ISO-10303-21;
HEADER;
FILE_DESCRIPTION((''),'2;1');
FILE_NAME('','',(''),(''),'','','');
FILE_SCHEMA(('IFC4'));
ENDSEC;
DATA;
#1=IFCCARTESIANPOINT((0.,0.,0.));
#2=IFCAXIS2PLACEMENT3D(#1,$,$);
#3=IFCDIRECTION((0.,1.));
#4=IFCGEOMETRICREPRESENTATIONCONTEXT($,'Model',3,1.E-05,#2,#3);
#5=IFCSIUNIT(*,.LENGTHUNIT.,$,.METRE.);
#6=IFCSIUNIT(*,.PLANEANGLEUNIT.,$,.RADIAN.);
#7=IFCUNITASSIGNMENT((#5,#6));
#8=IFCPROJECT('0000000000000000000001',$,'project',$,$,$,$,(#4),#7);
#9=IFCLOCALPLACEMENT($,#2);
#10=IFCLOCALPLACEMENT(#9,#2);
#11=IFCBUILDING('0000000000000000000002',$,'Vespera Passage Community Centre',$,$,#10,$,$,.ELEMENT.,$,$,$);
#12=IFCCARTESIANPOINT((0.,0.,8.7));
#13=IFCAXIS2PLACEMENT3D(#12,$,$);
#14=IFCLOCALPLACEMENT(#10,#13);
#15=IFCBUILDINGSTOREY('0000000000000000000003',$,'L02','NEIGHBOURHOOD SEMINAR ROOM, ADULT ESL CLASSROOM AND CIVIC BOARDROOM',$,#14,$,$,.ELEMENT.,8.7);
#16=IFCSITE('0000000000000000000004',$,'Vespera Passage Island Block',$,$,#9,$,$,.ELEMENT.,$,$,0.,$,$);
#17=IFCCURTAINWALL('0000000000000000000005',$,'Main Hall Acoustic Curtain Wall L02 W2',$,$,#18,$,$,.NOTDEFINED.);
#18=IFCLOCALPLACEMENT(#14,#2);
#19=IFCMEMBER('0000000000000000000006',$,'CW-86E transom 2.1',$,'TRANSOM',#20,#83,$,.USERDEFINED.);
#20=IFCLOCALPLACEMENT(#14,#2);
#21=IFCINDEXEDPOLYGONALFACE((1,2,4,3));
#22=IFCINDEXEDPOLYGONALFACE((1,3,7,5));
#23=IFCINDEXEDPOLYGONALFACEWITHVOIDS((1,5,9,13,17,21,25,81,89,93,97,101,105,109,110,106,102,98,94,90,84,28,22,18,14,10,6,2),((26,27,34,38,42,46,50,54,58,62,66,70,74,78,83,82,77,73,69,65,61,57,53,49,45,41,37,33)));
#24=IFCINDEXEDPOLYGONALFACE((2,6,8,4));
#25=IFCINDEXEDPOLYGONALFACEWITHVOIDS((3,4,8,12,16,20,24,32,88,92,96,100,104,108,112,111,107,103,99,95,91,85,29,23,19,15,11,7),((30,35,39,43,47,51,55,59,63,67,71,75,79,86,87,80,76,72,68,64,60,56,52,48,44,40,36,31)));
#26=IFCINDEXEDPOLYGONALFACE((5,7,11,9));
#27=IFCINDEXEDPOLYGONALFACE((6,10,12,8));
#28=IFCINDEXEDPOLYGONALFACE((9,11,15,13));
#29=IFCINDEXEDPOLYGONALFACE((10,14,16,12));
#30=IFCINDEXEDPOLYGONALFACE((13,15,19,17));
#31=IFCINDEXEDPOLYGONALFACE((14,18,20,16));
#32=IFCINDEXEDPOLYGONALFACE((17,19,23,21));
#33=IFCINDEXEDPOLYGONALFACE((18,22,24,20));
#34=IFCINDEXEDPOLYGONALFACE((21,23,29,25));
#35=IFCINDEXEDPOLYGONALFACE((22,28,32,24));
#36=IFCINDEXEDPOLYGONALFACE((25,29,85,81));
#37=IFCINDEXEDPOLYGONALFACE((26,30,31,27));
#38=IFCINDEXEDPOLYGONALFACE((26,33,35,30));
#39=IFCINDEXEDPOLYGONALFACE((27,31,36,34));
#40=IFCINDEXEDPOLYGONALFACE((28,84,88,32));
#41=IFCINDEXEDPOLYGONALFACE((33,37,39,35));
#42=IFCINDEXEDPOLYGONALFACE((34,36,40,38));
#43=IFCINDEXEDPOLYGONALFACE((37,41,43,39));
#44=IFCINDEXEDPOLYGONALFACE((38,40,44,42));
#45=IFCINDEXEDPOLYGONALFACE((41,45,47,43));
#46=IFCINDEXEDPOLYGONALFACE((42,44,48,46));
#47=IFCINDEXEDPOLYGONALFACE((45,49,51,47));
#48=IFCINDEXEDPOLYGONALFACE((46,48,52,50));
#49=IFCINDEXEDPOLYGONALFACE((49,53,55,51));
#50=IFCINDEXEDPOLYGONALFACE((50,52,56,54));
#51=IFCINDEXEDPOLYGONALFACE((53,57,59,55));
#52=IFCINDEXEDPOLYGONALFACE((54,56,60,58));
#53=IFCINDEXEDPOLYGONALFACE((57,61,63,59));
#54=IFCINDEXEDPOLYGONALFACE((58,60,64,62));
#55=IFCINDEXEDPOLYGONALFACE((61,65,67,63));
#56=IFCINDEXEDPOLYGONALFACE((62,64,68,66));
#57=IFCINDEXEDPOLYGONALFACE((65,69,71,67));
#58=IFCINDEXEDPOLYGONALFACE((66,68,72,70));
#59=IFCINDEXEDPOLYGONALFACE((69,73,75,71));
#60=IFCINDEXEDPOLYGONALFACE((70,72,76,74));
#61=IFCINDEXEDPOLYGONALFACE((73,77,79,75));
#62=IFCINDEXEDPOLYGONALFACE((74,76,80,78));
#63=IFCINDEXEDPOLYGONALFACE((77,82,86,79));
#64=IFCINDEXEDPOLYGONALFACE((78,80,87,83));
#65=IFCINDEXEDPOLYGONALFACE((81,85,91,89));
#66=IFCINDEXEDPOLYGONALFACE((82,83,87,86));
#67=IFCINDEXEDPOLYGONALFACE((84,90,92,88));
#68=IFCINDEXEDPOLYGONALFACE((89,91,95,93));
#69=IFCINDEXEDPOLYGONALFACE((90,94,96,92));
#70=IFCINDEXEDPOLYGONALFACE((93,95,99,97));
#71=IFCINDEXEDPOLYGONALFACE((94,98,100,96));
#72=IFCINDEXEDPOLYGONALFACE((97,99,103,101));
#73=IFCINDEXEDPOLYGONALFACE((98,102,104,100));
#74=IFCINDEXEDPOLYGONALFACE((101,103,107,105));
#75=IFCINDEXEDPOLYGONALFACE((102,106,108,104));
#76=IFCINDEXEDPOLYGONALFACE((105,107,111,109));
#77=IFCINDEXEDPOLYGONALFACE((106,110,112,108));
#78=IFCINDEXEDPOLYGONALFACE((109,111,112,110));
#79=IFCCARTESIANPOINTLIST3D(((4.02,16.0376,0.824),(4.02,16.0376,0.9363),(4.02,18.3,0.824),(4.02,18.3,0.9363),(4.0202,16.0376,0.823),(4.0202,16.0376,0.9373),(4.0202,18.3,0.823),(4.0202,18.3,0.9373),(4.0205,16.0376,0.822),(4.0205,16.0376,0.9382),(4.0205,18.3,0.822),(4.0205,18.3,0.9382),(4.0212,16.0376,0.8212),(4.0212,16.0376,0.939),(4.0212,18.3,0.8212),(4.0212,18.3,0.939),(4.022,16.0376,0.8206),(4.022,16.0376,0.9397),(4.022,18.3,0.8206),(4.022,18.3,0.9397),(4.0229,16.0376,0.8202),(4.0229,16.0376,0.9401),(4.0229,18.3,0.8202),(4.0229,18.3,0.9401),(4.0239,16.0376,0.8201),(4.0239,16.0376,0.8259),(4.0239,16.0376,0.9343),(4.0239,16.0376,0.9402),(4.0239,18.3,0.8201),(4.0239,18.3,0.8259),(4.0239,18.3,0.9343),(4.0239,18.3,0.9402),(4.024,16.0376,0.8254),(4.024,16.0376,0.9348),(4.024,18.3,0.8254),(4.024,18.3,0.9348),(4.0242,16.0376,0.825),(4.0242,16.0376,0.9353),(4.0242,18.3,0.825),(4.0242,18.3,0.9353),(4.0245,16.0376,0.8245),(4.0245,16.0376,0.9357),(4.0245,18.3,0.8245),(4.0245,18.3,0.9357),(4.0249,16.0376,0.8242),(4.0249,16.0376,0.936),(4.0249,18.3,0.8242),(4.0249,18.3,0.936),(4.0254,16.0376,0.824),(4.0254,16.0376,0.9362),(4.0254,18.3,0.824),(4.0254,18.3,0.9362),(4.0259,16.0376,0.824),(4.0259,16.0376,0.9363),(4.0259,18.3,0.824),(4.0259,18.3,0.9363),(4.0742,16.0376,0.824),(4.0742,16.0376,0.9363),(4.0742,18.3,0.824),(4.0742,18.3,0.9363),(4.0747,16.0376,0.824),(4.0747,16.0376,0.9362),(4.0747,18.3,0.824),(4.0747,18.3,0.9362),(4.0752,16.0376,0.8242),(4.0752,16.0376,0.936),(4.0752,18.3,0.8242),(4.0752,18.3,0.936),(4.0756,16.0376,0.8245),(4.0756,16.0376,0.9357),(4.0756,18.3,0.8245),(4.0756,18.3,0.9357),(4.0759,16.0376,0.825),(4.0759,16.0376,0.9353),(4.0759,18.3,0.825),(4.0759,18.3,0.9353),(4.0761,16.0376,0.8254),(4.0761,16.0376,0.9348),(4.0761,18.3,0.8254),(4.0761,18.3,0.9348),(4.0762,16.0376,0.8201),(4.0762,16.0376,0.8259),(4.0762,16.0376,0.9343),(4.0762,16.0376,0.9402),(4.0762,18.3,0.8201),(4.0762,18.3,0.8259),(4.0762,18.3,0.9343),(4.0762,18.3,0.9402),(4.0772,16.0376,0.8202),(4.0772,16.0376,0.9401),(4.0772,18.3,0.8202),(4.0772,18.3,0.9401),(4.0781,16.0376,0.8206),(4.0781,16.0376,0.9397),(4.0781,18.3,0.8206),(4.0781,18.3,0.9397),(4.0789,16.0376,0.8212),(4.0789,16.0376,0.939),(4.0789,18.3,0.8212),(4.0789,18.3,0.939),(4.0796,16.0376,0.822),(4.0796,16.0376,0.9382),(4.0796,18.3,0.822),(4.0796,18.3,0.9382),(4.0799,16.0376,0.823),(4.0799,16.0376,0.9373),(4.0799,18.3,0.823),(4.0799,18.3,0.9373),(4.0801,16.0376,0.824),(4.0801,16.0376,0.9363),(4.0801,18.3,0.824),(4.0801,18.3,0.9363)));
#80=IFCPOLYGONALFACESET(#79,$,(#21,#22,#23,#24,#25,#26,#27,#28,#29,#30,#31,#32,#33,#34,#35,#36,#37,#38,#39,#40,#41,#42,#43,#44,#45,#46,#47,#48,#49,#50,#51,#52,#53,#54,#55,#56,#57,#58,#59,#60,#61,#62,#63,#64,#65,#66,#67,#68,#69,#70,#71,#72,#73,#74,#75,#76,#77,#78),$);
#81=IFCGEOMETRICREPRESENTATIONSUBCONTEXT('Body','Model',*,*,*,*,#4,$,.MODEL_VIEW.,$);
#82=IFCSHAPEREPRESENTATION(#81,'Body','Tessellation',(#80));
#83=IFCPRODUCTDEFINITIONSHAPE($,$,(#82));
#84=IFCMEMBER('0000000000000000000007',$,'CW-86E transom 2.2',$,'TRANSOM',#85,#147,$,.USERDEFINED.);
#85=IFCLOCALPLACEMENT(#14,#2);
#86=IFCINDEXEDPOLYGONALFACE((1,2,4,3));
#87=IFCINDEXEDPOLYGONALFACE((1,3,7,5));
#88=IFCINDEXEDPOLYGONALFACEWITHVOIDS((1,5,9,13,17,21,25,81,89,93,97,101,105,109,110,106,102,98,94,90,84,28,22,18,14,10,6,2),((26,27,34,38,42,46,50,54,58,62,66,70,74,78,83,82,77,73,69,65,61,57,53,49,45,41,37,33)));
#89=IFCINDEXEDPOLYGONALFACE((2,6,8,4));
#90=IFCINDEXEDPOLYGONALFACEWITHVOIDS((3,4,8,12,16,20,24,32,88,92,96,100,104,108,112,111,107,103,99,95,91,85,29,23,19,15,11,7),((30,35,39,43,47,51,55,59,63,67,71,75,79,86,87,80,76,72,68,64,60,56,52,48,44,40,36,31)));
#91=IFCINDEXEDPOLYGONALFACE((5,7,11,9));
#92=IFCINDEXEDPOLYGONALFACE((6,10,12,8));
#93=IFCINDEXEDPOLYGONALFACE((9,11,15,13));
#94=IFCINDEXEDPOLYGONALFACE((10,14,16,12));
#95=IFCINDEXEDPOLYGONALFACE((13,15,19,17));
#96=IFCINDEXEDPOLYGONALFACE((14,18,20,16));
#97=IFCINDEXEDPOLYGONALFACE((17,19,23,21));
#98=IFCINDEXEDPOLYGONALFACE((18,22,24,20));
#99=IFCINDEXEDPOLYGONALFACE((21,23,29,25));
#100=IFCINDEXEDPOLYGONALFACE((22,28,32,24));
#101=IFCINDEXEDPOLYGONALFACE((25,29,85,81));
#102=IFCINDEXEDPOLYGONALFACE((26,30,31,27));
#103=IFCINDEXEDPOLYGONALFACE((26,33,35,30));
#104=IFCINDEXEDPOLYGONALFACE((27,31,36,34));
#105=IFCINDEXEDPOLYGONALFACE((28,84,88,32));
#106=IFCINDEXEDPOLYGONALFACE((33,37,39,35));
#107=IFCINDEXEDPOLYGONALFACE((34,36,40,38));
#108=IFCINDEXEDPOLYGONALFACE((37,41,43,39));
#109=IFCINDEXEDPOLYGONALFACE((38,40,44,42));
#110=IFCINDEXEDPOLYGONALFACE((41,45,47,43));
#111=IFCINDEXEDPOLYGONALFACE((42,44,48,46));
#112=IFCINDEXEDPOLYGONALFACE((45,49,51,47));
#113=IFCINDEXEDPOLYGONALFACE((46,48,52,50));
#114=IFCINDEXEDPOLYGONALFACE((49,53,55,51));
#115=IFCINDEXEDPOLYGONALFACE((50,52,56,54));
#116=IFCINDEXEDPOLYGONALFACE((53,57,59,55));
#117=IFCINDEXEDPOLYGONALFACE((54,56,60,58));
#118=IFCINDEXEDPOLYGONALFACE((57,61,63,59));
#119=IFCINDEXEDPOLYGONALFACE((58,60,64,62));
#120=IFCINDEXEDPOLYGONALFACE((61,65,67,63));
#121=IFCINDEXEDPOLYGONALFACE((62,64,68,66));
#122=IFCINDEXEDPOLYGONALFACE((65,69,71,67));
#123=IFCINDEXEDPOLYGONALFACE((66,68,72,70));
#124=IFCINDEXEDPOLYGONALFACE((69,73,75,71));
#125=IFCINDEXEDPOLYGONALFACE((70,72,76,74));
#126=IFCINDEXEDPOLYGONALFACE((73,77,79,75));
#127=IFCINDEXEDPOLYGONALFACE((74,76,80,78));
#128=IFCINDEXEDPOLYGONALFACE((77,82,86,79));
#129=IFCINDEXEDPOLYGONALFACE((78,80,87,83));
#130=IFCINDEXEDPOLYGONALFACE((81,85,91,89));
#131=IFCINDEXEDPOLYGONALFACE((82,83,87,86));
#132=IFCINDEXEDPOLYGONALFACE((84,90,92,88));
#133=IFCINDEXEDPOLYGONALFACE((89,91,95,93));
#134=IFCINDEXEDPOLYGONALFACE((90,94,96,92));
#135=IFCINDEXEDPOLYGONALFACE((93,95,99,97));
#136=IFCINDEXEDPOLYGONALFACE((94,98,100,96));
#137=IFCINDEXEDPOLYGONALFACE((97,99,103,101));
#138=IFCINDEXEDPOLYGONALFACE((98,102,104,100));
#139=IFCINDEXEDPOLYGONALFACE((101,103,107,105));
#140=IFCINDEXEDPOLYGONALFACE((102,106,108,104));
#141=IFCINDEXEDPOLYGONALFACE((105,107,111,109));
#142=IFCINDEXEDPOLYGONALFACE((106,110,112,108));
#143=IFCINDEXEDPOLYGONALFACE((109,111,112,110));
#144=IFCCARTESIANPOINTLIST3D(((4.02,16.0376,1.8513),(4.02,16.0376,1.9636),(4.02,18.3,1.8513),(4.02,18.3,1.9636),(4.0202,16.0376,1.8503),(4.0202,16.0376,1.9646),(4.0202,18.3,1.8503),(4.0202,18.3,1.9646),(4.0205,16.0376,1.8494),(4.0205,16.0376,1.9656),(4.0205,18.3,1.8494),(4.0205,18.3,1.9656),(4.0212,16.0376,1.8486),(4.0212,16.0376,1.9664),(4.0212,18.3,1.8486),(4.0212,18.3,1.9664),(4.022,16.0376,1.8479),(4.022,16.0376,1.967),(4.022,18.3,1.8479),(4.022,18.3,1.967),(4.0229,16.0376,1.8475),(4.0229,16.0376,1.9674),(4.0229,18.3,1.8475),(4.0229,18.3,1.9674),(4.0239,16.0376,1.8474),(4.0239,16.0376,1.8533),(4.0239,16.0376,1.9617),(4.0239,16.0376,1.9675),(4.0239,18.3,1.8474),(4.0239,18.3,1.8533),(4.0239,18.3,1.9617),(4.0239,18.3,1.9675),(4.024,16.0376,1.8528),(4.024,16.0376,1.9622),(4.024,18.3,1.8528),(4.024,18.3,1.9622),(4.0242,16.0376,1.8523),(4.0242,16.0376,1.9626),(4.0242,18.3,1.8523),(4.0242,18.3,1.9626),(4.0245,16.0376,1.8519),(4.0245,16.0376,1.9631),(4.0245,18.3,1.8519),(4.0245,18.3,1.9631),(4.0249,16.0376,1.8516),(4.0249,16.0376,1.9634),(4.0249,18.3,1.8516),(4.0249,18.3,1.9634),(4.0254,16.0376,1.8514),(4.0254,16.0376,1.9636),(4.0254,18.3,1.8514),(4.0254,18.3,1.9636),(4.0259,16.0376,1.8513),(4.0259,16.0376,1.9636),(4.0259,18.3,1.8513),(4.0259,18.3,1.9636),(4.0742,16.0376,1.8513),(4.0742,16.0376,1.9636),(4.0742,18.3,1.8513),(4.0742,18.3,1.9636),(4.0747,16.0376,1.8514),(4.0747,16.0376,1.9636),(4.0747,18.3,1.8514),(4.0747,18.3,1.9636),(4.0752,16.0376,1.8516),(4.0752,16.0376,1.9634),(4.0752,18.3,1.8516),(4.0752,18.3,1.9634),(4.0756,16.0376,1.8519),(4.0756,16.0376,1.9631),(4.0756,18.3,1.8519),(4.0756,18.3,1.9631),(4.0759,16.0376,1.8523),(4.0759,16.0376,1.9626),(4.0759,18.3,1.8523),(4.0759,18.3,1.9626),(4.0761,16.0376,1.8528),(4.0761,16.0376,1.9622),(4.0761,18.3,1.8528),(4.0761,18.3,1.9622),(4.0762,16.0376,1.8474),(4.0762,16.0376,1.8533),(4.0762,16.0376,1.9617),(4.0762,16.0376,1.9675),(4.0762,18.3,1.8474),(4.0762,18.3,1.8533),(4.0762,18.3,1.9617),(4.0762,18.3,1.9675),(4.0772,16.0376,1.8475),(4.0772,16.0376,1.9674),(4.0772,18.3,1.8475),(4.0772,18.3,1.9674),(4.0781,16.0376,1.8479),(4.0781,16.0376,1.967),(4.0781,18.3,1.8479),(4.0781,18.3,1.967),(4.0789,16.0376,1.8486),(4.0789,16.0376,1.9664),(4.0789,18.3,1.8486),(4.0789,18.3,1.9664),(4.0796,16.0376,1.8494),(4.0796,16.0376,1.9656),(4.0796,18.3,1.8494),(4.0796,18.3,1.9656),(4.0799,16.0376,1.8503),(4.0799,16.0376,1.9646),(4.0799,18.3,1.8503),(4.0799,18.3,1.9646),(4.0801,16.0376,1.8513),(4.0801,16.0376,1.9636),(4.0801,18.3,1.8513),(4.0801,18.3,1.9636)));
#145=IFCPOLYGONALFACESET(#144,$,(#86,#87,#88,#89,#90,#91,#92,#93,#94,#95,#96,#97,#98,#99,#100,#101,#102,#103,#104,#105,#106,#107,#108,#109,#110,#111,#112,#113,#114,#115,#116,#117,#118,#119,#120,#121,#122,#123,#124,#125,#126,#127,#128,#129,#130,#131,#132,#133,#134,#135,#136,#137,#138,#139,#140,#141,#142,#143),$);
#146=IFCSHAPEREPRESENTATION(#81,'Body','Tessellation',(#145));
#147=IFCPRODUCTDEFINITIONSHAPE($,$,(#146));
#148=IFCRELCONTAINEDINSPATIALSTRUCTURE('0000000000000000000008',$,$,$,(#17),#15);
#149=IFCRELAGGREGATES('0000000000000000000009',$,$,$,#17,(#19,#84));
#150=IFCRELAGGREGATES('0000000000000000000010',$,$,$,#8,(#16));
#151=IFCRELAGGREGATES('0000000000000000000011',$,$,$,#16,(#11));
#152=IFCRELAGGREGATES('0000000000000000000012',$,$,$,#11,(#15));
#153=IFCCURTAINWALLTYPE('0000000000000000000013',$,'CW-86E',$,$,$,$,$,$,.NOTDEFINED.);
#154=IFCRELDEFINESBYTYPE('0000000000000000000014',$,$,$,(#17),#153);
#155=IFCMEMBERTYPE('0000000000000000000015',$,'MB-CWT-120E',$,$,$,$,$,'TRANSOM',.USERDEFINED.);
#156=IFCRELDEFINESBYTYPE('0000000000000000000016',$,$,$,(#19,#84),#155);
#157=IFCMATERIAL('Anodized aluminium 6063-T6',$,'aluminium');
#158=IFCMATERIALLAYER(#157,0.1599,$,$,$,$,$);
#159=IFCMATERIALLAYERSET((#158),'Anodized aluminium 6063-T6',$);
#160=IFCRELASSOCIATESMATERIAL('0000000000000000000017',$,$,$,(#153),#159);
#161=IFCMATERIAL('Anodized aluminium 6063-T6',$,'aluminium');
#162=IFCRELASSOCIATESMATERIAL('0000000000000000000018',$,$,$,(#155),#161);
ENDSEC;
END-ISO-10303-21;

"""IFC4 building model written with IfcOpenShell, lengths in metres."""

from ifc_helpers import new_model, si_unit, direction, frame, origin, origin_2d, place, context, subcontext, project, spatial, hollow_rectangle, extrude, material, layer, layer_set, material_profile, profile_set, type_object, element, aggregate, save


model = new_model("IFC4")

# Units and contexts
model_context = context("Model", 3, precision=1e-05, world=origin(), true_north=direction((0.0, 1.0)))
body_context = subcontext(model_context, "Body", "Model", "MODEL_VIEW")
ifc_project = project(units=[si_unit("LENGTHUNIT", "METRE"), si_unit("PLANEANGLEUNIT", "RADIAN")], contexts=[model_context])

# Site, building, storey
site_placement = place(None, origin())
site = spatial("IfcSite", under=ifc_project, at=site_placement, Name="Vespera Passage Island Block", CompositionType="ELEMENT", RefElevation=0.0)
building_placement = place(site_placement, origin())
building = spatial("IfcBuilding", under=site, at=building_placement, Name="Vespera Passage Community Centre", CompositionType="ELEMENT")
storey_placement = place(building_placement, frame((0.0, 0.0, 8.7)))
storey = spatial("IfcBuildingStorey", under=building, at=storey_placement, Name="L02", Description="NEIGHBOURHOOD SEMINAR ROOM, ADULT ESL CLASSROOM AND CIVIC BOARDROOM", CompositionType="ELEMENT", Elevation=8.7)

# Curtain wall, members
ifc_material_1 = material(Name="Anodized aluminium 6063-T6", Category="aluminium")
ifc_layer_1 = layer(ifc_material_1, 0.1599)
ifc_layer_set_1 = layer_set([ifc_layer_1], Name="Anodized aluminium 6063-T6")
curtain_wall_type_1 = type_object("IfcCurtainWallType", Name="CW-86E", PredefinedType="NOTDEFINED", material=ifc_layer_set_1)
curtain_wall_1_placement = place(storey_placement, origin())
curtain_wall_1 = element("IfcCurtainWall", 1, at=curtain_wall_1_placement, inside=storey, type_object=curtain_wall_type_1, Name="Main Hall Acoustic Curtain Wall L02 W2", PredefinedType="NOTDEFINED")
ifc_material_2 = material(Name="Anodized aluminium 6063-T6", Category="aluminium")
ifc_material_profile_1 = material_profile(ifc_material_2, hollow_rectangle(XDim=0.0601, YDim=0.1201, WallThickness=0.0039, InnerFilletRadius=0.002, OuterFilletRadius=0.0039, at=origin_2d()), Name="ALU120X60X4")
ifc_profile_set_1 = profile_set([ifc_material_profile_1], Name="Anodized aluminium 6063-T6")
member_type_1 = type_object("IfcMemberType", Name="MB-CWT-120E", ElementType="TRANSOM", PredefinedType="USERDEFINED", material=ifc_profile_set_1)
member_1_placement = place(storey_placement, frame((4.05, 16.0376, 0.8801), z_axis=(0.0, 1.0, 0.0), x_axis=(-1.0, 0.0, 0.0)))
member_1 = element("IfcMember", 2, at=member_1_placement, type_object=member_type_1, Name="CW-86E transom 2.1", ObjectType="TRANSOM", PredefinedType="USERDEFINED", context=body_context, shape_type="SweptSolid", body=[
    extrude(hollow_rectangle(XDim=0.0601, YDim=0.1201, WallThickness=0.0039, InnerFilletRadius=0.002, OuterFilletRadius=0.0039, at=origin_2d()), origin(), (0.0, 0.0, 1.0), 2.2625),
])
member_2_placement = place(storey_placement, frame((4.05, 16.0376, 1.9075), z_axis=(0.0, 1.0, 0.0), x_axis=(-1.0, 0.0, 0.0)))
member_2 = element("IfcMember", 3, at=member_2_placement, type_object=member_type_1, Name="CW-86E transom 2.2", ObjectType="TRANSOM", PredefinedType="USERDEFINED", context=body_context, shape_type="SweptSolid", body=[
    extrude(hollow_rectangle(XDim=0.0601, YDim=0.1201, WallThickness=0.0039, InnerFilletRadius=0.002, OuterFilletRadius=0.0039, at=origin_2d()), origin(), (0.0, 0.0, 1.0), 2.2625),
])

aggregate(curtain_wall_1, [member_1, member_2])

save(model, "model.ifc")
